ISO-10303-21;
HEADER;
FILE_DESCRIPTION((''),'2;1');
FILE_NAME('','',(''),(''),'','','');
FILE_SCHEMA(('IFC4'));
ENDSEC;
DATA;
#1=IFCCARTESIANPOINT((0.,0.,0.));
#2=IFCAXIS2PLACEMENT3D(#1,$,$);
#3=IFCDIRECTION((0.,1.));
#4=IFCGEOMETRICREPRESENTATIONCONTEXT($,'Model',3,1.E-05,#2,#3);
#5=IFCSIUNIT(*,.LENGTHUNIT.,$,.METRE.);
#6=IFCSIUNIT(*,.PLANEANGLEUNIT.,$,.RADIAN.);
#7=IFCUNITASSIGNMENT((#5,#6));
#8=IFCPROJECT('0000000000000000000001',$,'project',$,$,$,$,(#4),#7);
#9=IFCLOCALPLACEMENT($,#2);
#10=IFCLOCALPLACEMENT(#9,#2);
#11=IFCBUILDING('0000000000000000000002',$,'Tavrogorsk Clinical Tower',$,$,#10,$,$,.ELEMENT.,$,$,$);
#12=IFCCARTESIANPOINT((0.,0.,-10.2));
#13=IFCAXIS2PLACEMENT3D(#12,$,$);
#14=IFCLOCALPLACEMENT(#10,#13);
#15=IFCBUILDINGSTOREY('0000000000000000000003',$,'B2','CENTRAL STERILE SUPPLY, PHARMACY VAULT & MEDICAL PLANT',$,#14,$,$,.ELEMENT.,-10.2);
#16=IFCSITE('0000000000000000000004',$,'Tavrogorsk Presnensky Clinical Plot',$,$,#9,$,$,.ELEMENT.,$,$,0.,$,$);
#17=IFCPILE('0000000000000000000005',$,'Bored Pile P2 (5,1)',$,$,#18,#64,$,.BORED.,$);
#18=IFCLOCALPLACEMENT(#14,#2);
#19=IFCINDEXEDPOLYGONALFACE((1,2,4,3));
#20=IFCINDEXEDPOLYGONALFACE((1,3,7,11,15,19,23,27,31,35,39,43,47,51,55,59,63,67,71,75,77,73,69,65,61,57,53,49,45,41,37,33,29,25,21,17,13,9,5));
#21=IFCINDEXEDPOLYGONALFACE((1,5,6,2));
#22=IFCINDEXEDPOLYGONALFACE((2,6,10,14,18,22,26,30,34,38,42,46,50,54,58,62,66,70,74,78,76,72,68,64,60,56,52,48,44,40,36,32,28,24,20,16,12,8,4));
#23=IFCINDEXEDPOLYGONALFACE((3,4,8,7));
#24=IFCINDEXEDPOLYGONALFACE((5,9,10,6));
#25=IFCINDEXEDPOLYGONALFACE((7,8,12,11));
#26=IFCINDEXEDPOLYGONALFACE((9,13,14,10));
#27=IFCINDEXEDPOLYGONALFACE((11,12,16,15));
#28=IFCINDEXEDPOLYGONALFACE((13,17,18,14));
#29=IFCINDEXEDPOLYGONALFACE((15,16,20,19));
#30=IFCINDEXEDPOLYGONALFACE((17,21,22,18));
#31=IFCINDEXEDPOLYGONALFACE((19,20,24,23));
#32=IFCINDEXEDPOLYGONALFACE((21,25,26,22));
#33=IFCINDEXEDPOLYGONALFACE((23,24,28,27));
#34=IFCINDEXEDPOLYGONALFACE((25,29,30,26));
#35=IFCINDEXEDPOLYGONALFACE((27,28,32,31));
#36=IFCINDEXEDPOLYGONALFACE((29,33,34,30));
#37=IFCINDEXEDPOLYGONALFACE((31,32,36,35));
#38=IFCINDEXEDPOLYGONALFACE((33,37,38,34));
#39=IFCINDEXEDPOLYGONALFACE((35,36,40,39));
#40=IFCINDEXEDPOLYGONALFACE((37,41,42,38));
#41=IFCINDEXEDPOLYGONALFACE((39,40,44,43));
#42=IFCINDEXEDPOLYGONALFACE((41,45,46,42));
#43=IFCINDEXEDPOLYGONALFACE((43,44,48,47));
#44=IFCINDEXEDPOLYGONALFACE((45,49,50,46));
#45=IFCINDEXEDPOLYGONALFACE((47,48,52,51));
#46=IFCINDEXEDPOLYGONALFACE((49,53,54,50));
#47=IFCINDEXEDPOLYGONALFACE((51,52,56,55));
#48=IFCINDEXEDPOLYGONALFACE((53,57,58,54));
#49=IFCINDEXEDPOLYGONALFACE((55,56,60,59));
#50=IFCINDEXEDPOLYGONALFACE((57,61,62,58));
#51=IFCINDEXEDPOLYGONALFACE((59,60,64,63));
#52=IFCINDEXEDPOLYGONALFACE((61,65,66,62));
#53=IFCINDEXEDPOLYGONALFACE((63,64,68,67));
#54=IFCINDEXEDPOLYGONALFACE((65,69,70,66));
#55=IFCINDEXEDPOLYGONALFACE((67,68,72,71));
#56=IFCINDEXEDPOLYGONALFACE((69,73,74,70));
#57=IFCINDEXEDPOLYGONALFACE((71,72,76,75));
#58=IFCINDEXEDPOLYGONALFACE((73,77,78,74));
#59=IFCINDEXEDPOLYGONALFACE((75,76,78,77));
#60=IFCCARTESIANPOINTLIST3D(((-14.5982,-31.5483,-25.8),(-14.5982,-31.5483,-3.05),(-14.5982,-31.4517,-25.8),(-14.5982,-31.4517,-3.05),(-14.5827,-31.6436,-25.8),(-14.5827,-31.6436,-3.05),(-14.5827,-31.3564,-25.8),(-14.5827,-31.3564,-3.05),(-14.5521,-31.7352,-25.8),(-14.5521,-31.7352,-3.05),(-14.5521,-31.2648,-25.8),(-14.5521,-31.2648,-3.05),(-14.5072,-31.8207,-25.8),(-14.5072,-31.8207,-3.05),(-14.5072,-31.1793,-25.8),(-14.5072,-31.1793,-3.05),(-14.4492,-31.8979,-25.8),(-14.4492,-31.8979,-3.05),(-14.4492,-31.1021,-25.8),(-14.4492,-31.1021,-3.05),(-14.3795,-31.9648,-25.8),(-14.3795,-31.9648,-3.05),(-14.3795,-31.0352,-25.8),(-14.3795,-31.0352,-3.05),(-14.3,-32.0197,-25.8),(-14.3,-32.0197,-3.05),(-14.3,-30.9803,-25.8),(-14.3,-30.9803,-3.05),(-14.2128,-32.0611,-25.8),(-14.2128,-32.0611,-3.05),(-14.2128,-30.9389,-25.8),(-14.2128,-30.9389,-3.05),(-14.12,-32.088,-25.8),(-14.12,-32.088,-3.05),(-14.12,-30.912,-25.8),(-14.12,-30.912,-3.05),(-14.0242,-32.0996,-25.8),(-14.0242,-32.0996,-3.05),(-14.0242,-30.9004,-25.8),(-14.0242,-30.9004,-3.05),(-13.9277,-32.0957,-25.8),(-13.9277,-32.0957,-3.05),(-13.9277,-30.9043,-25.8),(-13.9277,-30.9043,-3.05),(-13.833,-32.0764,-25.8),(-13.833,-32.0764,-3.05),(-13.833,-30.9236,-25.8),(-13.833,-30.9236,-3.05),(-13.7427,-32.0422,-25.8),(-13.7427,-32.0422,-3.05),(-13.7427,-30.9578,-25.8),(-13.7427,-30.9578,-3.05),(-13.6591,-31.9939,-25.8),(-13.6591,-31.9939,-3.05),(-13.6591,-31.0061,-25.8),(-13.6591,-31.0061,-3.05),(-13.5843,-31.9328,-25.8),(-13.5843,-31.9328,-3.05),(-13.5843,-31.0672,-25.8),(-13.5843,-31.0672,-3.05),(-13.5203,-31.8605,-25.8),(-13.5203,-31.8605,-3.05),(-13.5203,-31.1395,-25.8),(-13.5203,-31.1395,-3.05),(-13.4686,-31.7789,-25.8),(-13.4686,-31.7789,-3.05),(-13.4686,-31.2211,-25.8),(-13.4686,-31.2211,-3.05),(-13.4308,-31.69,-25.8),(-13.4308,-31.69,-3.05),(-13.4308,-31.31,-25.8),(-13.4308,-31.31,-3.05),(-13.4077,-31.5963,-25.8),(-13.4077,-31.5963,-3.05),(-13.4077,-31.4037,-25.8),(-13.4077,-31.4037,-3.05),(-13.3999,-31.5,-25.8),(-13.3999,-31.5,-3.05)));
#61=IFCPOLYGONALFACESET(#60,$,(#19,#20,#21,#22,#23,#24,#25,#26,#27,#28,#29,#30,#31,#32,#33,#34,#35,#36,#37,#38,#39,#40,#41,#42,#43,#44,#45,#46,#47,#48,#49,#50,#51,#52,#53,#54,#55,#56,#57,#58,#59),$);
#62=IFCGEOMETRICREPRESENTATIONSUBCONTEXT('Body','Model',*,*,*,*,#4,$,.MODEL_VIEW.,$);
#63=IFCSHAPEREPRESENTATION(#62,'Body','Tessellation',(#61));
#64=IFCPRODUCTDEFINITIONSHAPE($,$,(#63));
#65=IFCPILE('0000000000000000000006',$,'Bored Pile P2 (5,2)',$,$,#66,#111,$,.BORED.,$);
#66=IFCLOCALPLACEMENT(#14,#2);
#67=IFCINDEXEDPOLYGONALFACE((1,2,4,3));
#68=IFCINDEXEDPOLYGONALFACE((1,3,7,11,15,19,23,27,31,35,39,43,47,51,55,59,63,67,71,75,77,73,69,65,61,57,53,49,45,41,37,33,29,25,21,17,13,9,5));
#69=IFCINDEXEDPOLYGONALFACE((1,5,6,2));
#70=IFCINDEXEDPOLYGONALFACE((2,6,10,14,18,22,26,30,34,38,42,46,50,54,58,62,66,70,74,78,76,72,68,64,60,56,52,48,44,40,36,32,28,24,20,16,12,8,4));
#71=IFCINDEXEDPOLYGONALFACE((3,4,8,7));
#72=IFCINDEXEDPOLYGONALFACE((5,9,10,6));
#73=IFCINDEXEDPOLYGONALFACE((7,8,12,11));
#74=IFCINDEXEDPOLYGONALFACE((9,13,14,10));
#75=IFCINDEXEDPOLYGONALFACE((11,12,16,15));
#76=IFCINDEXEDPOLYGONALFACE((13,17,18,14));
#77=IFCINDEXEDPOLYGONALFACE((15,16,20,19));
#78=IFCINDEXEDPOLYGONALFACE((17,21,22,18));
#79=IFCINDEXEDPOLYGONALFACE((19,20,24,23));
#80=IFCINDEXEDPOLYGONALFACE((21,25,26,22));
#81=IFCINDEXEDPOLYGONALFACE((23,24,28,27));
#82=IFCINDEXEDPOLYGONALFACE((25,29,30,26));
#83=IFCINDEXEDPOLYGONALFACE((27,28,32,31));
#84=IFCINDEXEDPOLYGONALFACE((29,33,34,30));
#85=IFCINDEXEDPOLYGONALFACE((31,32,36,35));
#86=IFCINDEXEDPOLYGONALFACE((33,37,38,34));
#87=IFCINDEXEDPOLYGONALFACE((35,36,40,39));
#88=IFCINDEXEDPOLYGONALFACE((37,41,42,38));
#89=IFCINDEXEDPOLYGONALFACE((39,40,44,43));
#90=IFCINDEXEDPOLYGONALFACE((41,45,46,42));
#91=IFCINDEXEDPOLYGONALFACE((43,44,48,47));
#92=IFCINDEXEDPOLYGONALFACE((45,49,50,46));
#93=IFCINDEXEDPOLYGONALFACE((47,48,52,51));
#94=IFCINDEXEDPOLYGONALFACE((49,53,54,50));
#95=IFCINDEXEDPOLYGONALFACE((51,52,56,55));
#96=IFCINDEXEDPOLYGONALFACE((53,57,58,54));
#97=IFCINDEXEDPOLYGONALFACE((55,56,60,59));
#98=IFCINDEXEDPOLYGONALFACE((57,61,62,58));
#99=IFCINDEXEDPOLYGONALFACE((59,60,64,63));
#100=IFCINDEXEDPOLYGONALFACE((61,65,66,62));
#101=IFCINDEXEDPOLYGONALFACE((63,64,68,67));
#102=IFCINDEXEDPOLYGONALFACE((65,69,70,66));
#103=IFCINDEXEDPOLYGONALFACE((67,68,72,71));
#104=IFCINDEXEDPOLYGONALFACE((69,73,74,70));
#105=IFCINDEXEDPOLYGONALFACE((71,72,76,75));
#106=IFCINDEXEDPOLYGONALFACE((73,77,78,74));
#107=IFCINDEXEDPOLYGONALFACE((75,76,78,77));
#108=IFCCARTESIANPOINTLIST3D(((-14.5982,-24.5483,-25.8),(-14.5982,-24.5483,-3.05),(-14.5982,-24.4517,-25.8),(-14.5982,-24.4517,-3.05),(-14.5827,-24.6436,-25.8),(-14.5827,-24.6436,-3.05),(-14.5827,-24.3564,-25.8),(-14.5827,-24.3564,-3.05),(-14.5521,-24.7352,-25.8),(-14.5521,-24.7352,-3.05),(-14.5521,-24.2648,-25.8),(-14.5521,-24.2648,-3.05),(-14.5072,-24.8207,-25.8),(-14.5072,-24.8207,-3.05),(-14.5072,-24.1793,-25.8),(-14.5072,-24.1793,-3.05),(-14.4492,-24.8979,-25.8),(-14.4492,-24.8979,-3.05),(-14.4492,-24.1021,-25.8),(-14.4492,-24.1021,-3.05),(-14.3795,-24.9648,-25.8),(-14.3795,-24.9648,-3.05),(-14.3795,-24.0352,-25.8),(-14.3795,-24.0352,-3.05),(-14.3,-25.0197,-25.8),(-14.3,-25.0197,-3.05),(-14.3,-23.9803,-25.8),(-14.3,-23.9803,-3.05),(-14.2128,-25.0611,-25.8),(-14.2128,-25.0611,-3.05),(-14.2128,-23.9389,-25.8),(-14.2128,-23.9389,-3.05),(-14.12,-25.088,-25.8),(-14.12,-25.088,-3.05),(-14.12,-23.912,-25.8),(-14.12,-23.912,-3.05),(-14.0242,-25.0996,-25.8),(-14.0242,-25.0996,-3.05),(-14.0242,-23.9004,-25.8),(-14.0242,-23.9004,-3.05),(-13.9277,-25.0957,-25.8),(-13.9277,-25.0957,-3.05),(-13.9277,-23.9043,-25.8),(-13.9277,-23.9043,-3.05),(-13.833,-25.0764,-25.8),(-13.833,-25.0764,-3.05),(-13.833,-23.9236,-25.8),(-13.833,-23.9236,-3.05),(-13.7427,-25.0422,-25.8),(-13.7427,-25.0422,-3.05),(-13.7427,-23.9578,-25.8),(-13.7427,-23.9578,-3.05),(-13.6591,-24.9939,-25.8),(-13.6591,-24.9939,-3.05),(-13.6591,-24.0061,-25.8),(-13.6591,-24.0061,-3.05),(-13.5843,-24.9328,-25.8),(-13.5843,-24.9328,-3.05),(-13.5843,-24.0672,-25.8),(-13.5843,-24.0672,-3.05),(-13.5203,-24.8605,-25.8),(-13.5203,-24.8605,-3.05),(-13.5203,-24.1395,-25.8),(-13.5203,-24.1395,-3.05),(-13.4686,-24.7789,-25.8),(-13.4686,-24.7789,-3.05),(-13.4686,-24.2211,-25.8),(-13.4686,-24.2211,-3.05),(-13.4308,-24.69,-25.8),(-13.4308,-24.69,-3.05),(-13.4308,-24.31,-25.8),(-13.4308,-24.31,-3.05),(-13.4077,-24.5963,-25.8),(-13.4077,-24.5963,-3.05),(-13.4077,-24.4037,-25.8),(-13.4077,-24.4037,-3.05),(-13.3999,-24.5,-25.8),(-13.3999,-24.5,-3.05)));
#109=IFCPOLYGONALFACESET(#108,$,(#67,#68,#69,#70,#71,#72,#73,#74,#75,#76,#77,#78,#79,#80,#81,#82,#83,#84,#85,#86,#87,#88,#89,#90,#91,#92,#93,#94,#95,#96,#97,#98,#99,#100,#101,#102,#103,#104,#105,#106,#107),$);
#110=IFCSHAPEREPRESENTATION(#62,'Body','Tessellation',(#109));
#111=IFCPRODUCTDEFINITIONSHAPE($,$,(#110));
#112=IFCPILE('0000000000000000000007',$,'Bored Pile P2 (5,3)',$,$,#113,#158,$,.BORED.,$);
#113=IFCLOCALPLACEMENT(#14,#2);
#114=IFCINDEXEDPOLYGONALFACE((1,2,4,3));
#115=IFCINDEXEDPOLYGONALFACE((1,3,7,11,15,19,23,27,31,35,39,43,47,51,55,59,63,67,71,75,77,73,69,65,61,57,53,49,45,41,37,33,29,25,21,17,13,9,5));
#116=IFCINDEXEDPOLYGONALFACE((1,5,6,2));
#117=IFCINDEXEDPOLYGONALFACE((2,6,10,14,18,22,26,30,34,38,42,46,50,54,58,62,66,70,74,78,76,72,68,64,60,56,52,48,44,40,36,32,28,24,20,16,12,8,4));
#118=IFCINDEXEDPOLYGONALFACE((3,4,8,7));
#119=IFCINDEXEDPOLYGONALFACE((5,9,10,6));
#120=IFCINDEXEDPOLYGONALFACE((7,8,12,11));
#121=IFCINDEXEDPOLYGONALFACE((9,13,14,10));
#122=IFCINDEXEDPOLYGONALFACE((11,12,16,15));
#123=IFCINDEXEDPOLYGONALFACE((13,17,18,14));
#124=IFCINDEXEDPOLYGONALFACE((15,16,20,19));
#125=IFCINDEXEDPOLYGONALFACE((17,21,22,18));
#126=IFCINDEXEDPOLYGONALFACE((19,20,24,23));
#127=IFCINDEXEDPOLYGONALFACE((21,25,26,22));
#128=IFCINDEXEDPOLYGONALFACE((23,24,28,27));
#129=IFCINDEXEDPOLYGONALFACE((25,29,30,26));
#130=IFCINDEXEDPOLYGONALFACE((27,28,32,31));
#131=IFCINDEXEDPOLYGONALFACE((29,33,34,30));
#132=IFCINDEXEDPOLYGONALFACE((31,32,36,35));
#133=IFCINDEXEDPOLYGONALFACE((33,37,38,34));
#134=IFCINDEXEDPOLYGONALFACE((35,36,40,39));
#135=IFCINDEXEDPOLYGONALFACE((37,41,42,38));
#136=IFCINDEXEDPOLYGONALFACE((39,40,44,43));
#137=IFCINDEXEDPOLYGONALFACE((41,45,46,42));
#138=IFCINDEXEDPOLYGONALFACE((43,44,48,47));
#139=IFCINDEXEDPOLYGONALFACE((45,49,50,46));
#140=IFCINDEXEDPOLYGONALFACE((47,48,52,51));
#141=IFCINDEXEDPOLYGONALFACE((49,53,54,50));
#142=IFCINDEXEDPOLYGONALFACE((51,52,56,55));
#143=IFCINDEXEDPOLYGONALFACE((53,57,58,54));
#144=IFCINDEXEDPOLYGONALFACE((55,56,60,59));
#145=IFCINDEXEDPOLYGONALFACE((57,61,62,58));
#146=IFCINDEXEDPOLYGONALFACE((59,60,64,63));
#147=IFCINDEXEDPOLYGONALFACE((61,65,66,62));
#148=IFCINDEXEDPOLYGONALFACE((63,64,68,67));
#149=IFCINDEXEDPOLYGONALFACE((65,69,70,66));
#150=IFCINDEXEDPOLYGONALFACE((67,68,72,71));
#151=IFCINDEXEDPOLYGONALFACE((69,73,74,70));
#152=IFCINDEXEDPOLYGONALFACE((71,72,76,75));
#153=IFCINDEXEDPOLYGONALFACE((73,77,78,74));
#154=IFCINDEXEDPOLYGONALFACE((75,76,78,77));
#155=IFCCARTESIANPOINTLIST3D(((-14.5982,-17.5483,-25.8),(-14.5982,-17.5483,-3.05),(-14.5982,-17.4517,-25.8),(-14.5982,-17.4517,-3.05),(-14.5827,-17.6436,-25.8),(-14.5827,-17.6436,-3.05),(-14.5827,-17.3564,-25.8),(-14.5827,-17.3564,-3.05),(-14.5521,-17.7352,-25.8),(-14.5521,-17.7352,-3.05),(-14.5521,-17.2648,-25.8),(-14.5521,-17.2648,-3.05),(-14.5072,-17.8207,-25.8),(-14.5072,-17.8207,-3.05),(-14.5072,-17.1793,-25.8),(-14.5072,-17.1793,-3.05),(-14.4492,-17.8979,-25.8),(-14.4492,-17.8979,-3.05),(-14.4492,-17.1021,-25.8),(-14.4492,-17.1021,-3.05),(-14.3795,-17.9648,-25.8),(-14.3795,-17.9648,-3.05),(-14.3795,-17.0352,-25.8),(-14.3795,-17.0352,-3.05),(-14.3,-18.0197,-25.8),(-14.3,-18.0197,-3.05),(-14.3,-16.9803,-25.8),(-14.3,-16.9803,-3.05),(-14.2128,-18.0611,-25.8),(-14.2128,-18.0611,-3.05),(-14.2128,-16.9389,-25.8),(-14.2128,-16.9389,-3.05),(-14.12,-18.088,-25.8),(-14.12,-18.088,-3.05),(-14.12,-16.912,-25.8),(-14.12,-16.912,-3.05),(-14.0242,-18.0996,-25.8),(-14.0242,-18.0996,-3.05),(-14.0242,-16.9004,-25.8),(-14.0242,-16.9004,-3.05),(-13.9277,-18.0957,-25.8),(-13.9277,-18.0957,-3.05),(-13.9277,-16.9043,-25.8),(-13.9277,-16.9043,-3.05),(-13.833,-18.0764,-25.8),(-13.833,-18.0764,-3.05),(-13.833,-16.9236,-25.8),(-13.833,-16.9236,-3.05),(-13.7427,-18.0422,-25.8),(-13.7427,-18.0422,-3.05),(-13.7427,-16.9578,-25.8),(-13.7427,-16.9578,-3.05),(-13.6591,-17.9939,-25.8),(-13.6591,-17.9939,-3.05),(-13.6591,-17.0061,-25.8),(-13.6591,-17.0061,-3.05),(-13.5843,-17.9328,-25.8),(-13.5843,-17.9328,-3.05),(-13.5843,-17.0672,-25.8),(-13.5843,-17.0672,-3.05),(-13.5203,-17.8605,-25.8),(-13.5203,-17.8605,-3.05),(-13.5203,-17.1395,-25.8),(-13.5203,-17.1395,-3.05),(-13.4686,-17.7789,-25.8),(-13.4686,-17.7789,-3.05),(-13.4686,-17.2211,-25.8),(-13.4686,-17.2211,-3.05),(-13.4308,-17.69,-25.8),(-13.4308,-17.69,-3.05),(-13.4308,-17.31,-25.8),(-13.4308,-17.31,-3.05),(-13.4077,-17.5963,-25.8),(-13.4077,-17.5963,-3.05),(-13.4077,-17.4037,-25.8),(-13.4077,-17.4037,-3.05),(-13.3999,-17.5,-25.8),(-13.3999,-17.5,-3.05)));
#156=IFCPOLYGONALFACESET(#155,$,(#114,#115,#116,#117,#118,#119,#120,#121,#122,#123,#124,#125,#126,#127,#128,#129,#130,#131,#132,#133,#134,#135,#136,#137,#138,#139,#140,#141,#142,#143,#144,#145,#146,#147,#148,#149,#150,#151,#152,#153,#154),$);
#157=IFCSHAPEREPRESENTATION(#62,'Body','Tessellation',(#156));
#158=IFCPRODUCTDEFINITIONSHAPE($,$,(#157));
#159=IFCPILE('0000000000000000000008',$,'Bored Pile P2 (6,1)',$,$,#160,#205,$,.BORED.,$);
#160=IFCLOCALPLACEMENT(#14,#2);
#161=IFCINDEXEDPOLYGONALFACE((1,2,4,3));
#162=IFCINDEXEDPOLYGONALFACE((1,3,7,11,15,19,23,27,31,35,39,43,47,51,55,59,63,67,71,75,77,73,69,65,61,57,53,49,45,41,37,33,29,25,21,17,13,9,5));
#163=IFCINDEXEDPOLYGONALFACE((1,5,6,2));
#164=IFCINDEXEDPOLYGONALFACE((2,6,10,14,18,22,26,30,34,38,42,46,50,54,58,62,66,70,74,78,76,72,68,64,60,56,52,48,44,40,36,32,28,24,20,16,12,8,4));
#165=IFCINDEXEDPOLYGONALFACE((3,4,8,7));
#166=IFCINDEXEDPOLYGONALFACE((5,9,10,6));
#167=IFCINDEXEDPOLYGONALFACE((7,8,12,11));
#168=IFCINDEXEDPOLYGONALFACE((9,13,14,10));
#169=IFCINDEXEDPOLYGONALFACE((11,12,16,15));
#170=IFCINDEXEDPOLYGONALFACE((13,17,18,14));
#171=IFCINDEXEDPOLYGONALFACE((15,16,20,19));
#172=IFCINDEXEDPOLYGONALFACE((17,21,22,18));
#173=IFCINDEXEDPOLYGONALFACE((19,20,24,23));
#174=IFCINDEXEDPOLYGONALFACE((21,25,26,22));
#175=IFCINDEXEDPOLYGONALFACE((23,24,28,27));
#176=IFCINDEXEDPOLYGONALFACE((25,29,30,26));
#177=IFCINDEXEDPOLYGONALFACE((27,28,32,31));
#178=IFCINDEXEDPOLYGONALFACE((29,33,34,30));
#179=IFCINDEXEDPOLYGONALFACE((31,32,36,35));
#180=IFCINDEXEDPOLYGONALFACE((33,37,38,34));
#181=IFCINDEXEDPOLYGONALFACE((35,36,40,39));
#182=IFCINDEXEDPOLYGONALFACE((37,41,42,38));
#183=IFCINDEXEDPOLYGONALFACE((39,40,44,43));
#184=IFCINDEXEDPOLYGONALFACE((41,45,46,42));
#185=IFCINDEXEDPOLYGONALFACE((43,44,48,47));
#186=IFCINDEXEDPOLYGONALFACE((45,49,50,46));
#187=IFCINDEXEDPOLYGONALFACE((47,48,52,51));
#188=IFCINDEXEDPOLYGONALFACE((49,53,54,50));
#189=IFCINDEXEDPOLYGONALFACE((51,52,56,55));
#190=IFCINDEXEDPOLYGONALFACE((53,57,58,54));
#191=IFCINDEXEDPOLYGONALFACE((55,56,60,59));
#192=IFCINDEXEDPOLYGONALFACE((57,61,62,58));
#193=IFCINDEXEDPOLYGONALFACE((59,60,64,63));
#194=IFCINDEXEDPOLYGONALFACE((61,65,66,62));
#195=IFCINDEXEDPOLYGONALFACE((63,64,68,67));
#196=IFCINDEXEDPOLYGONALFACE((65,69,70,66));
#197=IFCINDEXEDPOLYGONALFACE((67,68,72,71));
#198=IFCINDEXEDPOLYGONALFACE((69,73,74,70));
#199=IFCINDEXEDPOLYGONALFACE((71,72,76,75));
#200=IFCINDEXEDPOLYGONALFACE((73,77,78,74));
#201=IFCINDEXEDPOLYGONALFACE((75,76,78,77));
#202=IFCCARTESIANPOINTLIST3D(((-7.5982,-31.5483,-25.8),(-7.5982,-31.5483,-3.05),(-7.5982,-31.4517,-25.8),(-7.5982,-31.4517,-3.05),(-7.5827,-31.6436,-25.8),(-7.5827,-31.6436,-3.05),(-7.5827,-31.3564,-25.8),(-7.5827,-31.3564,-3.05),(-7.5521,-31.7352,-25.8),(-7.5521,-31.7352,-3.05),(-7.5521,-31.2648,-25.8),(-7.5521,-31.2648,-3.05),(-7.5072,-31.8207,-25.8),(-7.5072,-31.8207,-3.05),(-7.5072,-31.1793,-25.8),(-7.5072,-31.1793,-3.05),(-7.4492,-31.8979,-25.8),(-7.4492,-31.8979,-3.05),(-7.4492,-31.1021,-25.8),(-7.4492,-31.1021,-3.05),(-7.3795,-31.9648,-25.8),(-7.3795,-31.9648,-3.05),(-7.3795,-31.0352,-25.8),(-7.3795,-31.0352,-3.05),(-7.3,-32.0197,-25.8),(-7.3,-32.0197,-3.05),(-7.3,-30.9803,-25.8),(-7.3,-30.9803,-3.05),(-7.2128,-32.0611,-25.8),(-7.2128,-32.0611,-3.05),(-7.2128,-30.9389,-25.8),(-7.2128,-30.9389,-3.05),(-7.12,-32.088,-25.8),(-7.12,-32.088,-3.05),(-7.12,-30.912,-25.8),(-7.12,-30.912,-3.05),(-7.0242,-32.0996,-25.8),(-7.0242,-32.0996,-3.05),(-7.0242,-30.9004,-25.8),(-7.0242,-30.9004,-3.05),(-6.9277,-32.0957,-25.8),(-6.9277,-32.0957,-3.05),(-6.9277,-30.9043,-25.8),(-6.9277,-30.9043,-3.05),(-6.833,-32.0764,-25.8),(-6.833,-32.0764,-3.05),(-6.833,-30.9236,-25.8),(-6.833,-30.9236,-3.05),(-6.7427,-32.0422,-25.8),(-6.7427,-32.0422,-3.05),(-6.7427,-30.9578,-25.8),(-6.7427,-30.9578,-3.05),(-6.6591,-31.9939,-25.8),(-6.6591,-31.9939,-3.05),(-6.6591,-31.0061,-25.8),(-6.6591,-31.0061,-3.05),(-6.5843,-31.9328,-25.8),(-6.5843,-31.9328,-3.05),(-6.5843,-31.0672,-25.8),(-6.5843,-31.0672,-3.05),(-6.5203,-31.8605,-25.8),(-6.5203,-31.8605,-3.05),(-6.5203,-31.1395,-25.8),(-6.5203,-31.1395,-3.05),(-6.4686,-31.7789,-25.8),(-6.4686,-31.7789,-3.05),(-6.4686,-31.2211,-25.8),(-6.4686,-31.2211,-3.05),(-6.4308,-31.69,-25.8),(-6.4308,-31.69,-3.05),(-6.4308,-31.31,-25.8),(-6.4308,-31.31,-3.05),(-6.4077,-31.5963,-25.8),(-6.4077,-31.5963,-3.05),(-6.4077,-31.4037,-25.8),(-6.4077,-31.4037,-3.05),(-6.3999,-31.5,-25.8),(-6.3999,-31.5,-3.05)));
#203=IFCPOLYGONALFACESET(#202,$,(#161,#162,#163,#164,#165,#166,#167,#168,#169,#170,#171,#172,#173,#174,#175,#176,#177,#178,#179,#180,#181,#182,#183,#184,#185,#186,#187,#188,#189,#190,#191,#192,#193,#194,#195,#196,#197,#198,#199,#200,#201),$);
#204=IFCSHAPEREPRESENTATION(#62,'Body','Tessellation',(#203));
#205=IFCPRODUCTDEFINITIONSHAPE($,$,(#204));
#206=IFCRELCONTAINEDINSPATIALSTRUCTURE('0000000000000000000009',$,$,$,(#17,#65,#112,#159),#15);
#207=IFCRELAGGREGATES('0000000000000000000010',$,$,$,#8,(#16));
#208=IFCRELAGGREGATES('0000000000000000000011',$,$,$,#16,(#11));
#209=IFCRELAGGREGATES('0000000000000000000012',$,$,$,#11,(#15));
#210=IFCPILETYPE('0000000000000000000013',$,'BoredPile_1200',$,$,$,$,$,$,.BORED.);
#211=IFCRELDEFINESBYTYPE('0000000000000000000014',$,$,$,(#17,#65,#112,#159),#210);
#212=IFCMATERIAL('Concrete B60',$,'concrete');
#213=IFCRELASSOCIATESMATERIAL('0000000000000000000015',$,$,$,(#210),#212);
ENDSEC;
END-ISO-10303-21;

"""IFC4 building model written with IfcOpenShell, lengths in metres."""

from ifc_helpers import new_model, si_unit, direction, frame, origin, origin_2d, place, context, subcontext, project, spatial, circle, extrude, material, material_profile, profile_set, type_object, element, save


model = new_model("IFC4")

# Units and contexts
model_context = context("Model", 3, precision=1e-05, world=origin(), true_north=direction((0.0, 1.0)))
body_context = subcontext(model_context, "Body", "Model", "MODEL_VIEW")
ifc_project = project(units=[si_unit("LENGTHUNIT", "METRE"), si_unit("PLANEANGLEUNIT", "RADIAN")], contexts=[model_context])

# Site, building, storey
site_placement = place(None, origin())
site = spatial("IfcSite", under=ifc_project, at=site_placement, Name="Tavrogorsk Presnensky Clinical Plot", CompositionType="ELEMENT", RefElevation=0.0)
building_placement = place(site_placement, origin())
building = spatial("IfcBuilding", under=site, at=building_placement, Name="Tavrogorsk Clinical Tower", CompositionType="ELEMENT")
storey_placement = place(building_placement, frame((0.0, 0.0, -10.2)))
storey = spatial("IfcBuildingStorey", under=building, at=storey_placement, Name="B2", Description="CENTRAL STERILE SUPPLY, PHARMACY VAULT & MEDICAL PLANT", CompositionType="ELEMENT", Elevation=-10.2)

# Piles
ifc_material_1 = material(Name="Concrete B60", Category="concrete")
ifc_material_profile_1 = material_profile(ifc_material_1, circle(Radius=0.6001, at=origin_2d()), Name="BORED-PILE-1200")
ifc_profile_set_1 = profile_set([ifc_material_profile_1], Name="Concrete B60")
pile_type_1 = type_object("IfcPileType", Name="BoredPile_1200", PredefinedType="BORED", material=ifc_profile_set_1)
for number, where, z_axis, x_axis, name in (
    (1, (-14.0, -31.5, -3.05), (0.0, 0.0, -1.0), (1.0, 0.0, 0.0), "Bored Pile P2 (5,1)"),
    (2, (-14.0, -24.5, -3.05), (0.0, 0.0, -1.0), (1.0, 0.0, 0.0), "Bored Pile P2 (5,2)"),
    (3, (-14.0, -17.5, -3.05), (0.0, 0.0, -1.0), (1.0, 0.0, 0.0), "Bored Pile P2 (5,3)"),
    (4, (-7.0, -31.5, -3.05), (0.0, 0.0, -1.0), (1.0, 0.0, 0.0), "Bored Pile P2 (6,1)"),
):
    element("IfcPile", number, at=place(storey_placement, frame(where, z_axis=z_axis, x_axis=x_axis)), inside=storey, type_object=pile_type_1, Name=name, PredefinedType="BORED", context=body_context, shape_type="SweptSolid", body=[
        extrude(circle(Radius=0.6001, at=origin_2d()), origin(), (0.0, 0.0, 1.0), 22.75),
    ])

save(model, "model.ifc")
